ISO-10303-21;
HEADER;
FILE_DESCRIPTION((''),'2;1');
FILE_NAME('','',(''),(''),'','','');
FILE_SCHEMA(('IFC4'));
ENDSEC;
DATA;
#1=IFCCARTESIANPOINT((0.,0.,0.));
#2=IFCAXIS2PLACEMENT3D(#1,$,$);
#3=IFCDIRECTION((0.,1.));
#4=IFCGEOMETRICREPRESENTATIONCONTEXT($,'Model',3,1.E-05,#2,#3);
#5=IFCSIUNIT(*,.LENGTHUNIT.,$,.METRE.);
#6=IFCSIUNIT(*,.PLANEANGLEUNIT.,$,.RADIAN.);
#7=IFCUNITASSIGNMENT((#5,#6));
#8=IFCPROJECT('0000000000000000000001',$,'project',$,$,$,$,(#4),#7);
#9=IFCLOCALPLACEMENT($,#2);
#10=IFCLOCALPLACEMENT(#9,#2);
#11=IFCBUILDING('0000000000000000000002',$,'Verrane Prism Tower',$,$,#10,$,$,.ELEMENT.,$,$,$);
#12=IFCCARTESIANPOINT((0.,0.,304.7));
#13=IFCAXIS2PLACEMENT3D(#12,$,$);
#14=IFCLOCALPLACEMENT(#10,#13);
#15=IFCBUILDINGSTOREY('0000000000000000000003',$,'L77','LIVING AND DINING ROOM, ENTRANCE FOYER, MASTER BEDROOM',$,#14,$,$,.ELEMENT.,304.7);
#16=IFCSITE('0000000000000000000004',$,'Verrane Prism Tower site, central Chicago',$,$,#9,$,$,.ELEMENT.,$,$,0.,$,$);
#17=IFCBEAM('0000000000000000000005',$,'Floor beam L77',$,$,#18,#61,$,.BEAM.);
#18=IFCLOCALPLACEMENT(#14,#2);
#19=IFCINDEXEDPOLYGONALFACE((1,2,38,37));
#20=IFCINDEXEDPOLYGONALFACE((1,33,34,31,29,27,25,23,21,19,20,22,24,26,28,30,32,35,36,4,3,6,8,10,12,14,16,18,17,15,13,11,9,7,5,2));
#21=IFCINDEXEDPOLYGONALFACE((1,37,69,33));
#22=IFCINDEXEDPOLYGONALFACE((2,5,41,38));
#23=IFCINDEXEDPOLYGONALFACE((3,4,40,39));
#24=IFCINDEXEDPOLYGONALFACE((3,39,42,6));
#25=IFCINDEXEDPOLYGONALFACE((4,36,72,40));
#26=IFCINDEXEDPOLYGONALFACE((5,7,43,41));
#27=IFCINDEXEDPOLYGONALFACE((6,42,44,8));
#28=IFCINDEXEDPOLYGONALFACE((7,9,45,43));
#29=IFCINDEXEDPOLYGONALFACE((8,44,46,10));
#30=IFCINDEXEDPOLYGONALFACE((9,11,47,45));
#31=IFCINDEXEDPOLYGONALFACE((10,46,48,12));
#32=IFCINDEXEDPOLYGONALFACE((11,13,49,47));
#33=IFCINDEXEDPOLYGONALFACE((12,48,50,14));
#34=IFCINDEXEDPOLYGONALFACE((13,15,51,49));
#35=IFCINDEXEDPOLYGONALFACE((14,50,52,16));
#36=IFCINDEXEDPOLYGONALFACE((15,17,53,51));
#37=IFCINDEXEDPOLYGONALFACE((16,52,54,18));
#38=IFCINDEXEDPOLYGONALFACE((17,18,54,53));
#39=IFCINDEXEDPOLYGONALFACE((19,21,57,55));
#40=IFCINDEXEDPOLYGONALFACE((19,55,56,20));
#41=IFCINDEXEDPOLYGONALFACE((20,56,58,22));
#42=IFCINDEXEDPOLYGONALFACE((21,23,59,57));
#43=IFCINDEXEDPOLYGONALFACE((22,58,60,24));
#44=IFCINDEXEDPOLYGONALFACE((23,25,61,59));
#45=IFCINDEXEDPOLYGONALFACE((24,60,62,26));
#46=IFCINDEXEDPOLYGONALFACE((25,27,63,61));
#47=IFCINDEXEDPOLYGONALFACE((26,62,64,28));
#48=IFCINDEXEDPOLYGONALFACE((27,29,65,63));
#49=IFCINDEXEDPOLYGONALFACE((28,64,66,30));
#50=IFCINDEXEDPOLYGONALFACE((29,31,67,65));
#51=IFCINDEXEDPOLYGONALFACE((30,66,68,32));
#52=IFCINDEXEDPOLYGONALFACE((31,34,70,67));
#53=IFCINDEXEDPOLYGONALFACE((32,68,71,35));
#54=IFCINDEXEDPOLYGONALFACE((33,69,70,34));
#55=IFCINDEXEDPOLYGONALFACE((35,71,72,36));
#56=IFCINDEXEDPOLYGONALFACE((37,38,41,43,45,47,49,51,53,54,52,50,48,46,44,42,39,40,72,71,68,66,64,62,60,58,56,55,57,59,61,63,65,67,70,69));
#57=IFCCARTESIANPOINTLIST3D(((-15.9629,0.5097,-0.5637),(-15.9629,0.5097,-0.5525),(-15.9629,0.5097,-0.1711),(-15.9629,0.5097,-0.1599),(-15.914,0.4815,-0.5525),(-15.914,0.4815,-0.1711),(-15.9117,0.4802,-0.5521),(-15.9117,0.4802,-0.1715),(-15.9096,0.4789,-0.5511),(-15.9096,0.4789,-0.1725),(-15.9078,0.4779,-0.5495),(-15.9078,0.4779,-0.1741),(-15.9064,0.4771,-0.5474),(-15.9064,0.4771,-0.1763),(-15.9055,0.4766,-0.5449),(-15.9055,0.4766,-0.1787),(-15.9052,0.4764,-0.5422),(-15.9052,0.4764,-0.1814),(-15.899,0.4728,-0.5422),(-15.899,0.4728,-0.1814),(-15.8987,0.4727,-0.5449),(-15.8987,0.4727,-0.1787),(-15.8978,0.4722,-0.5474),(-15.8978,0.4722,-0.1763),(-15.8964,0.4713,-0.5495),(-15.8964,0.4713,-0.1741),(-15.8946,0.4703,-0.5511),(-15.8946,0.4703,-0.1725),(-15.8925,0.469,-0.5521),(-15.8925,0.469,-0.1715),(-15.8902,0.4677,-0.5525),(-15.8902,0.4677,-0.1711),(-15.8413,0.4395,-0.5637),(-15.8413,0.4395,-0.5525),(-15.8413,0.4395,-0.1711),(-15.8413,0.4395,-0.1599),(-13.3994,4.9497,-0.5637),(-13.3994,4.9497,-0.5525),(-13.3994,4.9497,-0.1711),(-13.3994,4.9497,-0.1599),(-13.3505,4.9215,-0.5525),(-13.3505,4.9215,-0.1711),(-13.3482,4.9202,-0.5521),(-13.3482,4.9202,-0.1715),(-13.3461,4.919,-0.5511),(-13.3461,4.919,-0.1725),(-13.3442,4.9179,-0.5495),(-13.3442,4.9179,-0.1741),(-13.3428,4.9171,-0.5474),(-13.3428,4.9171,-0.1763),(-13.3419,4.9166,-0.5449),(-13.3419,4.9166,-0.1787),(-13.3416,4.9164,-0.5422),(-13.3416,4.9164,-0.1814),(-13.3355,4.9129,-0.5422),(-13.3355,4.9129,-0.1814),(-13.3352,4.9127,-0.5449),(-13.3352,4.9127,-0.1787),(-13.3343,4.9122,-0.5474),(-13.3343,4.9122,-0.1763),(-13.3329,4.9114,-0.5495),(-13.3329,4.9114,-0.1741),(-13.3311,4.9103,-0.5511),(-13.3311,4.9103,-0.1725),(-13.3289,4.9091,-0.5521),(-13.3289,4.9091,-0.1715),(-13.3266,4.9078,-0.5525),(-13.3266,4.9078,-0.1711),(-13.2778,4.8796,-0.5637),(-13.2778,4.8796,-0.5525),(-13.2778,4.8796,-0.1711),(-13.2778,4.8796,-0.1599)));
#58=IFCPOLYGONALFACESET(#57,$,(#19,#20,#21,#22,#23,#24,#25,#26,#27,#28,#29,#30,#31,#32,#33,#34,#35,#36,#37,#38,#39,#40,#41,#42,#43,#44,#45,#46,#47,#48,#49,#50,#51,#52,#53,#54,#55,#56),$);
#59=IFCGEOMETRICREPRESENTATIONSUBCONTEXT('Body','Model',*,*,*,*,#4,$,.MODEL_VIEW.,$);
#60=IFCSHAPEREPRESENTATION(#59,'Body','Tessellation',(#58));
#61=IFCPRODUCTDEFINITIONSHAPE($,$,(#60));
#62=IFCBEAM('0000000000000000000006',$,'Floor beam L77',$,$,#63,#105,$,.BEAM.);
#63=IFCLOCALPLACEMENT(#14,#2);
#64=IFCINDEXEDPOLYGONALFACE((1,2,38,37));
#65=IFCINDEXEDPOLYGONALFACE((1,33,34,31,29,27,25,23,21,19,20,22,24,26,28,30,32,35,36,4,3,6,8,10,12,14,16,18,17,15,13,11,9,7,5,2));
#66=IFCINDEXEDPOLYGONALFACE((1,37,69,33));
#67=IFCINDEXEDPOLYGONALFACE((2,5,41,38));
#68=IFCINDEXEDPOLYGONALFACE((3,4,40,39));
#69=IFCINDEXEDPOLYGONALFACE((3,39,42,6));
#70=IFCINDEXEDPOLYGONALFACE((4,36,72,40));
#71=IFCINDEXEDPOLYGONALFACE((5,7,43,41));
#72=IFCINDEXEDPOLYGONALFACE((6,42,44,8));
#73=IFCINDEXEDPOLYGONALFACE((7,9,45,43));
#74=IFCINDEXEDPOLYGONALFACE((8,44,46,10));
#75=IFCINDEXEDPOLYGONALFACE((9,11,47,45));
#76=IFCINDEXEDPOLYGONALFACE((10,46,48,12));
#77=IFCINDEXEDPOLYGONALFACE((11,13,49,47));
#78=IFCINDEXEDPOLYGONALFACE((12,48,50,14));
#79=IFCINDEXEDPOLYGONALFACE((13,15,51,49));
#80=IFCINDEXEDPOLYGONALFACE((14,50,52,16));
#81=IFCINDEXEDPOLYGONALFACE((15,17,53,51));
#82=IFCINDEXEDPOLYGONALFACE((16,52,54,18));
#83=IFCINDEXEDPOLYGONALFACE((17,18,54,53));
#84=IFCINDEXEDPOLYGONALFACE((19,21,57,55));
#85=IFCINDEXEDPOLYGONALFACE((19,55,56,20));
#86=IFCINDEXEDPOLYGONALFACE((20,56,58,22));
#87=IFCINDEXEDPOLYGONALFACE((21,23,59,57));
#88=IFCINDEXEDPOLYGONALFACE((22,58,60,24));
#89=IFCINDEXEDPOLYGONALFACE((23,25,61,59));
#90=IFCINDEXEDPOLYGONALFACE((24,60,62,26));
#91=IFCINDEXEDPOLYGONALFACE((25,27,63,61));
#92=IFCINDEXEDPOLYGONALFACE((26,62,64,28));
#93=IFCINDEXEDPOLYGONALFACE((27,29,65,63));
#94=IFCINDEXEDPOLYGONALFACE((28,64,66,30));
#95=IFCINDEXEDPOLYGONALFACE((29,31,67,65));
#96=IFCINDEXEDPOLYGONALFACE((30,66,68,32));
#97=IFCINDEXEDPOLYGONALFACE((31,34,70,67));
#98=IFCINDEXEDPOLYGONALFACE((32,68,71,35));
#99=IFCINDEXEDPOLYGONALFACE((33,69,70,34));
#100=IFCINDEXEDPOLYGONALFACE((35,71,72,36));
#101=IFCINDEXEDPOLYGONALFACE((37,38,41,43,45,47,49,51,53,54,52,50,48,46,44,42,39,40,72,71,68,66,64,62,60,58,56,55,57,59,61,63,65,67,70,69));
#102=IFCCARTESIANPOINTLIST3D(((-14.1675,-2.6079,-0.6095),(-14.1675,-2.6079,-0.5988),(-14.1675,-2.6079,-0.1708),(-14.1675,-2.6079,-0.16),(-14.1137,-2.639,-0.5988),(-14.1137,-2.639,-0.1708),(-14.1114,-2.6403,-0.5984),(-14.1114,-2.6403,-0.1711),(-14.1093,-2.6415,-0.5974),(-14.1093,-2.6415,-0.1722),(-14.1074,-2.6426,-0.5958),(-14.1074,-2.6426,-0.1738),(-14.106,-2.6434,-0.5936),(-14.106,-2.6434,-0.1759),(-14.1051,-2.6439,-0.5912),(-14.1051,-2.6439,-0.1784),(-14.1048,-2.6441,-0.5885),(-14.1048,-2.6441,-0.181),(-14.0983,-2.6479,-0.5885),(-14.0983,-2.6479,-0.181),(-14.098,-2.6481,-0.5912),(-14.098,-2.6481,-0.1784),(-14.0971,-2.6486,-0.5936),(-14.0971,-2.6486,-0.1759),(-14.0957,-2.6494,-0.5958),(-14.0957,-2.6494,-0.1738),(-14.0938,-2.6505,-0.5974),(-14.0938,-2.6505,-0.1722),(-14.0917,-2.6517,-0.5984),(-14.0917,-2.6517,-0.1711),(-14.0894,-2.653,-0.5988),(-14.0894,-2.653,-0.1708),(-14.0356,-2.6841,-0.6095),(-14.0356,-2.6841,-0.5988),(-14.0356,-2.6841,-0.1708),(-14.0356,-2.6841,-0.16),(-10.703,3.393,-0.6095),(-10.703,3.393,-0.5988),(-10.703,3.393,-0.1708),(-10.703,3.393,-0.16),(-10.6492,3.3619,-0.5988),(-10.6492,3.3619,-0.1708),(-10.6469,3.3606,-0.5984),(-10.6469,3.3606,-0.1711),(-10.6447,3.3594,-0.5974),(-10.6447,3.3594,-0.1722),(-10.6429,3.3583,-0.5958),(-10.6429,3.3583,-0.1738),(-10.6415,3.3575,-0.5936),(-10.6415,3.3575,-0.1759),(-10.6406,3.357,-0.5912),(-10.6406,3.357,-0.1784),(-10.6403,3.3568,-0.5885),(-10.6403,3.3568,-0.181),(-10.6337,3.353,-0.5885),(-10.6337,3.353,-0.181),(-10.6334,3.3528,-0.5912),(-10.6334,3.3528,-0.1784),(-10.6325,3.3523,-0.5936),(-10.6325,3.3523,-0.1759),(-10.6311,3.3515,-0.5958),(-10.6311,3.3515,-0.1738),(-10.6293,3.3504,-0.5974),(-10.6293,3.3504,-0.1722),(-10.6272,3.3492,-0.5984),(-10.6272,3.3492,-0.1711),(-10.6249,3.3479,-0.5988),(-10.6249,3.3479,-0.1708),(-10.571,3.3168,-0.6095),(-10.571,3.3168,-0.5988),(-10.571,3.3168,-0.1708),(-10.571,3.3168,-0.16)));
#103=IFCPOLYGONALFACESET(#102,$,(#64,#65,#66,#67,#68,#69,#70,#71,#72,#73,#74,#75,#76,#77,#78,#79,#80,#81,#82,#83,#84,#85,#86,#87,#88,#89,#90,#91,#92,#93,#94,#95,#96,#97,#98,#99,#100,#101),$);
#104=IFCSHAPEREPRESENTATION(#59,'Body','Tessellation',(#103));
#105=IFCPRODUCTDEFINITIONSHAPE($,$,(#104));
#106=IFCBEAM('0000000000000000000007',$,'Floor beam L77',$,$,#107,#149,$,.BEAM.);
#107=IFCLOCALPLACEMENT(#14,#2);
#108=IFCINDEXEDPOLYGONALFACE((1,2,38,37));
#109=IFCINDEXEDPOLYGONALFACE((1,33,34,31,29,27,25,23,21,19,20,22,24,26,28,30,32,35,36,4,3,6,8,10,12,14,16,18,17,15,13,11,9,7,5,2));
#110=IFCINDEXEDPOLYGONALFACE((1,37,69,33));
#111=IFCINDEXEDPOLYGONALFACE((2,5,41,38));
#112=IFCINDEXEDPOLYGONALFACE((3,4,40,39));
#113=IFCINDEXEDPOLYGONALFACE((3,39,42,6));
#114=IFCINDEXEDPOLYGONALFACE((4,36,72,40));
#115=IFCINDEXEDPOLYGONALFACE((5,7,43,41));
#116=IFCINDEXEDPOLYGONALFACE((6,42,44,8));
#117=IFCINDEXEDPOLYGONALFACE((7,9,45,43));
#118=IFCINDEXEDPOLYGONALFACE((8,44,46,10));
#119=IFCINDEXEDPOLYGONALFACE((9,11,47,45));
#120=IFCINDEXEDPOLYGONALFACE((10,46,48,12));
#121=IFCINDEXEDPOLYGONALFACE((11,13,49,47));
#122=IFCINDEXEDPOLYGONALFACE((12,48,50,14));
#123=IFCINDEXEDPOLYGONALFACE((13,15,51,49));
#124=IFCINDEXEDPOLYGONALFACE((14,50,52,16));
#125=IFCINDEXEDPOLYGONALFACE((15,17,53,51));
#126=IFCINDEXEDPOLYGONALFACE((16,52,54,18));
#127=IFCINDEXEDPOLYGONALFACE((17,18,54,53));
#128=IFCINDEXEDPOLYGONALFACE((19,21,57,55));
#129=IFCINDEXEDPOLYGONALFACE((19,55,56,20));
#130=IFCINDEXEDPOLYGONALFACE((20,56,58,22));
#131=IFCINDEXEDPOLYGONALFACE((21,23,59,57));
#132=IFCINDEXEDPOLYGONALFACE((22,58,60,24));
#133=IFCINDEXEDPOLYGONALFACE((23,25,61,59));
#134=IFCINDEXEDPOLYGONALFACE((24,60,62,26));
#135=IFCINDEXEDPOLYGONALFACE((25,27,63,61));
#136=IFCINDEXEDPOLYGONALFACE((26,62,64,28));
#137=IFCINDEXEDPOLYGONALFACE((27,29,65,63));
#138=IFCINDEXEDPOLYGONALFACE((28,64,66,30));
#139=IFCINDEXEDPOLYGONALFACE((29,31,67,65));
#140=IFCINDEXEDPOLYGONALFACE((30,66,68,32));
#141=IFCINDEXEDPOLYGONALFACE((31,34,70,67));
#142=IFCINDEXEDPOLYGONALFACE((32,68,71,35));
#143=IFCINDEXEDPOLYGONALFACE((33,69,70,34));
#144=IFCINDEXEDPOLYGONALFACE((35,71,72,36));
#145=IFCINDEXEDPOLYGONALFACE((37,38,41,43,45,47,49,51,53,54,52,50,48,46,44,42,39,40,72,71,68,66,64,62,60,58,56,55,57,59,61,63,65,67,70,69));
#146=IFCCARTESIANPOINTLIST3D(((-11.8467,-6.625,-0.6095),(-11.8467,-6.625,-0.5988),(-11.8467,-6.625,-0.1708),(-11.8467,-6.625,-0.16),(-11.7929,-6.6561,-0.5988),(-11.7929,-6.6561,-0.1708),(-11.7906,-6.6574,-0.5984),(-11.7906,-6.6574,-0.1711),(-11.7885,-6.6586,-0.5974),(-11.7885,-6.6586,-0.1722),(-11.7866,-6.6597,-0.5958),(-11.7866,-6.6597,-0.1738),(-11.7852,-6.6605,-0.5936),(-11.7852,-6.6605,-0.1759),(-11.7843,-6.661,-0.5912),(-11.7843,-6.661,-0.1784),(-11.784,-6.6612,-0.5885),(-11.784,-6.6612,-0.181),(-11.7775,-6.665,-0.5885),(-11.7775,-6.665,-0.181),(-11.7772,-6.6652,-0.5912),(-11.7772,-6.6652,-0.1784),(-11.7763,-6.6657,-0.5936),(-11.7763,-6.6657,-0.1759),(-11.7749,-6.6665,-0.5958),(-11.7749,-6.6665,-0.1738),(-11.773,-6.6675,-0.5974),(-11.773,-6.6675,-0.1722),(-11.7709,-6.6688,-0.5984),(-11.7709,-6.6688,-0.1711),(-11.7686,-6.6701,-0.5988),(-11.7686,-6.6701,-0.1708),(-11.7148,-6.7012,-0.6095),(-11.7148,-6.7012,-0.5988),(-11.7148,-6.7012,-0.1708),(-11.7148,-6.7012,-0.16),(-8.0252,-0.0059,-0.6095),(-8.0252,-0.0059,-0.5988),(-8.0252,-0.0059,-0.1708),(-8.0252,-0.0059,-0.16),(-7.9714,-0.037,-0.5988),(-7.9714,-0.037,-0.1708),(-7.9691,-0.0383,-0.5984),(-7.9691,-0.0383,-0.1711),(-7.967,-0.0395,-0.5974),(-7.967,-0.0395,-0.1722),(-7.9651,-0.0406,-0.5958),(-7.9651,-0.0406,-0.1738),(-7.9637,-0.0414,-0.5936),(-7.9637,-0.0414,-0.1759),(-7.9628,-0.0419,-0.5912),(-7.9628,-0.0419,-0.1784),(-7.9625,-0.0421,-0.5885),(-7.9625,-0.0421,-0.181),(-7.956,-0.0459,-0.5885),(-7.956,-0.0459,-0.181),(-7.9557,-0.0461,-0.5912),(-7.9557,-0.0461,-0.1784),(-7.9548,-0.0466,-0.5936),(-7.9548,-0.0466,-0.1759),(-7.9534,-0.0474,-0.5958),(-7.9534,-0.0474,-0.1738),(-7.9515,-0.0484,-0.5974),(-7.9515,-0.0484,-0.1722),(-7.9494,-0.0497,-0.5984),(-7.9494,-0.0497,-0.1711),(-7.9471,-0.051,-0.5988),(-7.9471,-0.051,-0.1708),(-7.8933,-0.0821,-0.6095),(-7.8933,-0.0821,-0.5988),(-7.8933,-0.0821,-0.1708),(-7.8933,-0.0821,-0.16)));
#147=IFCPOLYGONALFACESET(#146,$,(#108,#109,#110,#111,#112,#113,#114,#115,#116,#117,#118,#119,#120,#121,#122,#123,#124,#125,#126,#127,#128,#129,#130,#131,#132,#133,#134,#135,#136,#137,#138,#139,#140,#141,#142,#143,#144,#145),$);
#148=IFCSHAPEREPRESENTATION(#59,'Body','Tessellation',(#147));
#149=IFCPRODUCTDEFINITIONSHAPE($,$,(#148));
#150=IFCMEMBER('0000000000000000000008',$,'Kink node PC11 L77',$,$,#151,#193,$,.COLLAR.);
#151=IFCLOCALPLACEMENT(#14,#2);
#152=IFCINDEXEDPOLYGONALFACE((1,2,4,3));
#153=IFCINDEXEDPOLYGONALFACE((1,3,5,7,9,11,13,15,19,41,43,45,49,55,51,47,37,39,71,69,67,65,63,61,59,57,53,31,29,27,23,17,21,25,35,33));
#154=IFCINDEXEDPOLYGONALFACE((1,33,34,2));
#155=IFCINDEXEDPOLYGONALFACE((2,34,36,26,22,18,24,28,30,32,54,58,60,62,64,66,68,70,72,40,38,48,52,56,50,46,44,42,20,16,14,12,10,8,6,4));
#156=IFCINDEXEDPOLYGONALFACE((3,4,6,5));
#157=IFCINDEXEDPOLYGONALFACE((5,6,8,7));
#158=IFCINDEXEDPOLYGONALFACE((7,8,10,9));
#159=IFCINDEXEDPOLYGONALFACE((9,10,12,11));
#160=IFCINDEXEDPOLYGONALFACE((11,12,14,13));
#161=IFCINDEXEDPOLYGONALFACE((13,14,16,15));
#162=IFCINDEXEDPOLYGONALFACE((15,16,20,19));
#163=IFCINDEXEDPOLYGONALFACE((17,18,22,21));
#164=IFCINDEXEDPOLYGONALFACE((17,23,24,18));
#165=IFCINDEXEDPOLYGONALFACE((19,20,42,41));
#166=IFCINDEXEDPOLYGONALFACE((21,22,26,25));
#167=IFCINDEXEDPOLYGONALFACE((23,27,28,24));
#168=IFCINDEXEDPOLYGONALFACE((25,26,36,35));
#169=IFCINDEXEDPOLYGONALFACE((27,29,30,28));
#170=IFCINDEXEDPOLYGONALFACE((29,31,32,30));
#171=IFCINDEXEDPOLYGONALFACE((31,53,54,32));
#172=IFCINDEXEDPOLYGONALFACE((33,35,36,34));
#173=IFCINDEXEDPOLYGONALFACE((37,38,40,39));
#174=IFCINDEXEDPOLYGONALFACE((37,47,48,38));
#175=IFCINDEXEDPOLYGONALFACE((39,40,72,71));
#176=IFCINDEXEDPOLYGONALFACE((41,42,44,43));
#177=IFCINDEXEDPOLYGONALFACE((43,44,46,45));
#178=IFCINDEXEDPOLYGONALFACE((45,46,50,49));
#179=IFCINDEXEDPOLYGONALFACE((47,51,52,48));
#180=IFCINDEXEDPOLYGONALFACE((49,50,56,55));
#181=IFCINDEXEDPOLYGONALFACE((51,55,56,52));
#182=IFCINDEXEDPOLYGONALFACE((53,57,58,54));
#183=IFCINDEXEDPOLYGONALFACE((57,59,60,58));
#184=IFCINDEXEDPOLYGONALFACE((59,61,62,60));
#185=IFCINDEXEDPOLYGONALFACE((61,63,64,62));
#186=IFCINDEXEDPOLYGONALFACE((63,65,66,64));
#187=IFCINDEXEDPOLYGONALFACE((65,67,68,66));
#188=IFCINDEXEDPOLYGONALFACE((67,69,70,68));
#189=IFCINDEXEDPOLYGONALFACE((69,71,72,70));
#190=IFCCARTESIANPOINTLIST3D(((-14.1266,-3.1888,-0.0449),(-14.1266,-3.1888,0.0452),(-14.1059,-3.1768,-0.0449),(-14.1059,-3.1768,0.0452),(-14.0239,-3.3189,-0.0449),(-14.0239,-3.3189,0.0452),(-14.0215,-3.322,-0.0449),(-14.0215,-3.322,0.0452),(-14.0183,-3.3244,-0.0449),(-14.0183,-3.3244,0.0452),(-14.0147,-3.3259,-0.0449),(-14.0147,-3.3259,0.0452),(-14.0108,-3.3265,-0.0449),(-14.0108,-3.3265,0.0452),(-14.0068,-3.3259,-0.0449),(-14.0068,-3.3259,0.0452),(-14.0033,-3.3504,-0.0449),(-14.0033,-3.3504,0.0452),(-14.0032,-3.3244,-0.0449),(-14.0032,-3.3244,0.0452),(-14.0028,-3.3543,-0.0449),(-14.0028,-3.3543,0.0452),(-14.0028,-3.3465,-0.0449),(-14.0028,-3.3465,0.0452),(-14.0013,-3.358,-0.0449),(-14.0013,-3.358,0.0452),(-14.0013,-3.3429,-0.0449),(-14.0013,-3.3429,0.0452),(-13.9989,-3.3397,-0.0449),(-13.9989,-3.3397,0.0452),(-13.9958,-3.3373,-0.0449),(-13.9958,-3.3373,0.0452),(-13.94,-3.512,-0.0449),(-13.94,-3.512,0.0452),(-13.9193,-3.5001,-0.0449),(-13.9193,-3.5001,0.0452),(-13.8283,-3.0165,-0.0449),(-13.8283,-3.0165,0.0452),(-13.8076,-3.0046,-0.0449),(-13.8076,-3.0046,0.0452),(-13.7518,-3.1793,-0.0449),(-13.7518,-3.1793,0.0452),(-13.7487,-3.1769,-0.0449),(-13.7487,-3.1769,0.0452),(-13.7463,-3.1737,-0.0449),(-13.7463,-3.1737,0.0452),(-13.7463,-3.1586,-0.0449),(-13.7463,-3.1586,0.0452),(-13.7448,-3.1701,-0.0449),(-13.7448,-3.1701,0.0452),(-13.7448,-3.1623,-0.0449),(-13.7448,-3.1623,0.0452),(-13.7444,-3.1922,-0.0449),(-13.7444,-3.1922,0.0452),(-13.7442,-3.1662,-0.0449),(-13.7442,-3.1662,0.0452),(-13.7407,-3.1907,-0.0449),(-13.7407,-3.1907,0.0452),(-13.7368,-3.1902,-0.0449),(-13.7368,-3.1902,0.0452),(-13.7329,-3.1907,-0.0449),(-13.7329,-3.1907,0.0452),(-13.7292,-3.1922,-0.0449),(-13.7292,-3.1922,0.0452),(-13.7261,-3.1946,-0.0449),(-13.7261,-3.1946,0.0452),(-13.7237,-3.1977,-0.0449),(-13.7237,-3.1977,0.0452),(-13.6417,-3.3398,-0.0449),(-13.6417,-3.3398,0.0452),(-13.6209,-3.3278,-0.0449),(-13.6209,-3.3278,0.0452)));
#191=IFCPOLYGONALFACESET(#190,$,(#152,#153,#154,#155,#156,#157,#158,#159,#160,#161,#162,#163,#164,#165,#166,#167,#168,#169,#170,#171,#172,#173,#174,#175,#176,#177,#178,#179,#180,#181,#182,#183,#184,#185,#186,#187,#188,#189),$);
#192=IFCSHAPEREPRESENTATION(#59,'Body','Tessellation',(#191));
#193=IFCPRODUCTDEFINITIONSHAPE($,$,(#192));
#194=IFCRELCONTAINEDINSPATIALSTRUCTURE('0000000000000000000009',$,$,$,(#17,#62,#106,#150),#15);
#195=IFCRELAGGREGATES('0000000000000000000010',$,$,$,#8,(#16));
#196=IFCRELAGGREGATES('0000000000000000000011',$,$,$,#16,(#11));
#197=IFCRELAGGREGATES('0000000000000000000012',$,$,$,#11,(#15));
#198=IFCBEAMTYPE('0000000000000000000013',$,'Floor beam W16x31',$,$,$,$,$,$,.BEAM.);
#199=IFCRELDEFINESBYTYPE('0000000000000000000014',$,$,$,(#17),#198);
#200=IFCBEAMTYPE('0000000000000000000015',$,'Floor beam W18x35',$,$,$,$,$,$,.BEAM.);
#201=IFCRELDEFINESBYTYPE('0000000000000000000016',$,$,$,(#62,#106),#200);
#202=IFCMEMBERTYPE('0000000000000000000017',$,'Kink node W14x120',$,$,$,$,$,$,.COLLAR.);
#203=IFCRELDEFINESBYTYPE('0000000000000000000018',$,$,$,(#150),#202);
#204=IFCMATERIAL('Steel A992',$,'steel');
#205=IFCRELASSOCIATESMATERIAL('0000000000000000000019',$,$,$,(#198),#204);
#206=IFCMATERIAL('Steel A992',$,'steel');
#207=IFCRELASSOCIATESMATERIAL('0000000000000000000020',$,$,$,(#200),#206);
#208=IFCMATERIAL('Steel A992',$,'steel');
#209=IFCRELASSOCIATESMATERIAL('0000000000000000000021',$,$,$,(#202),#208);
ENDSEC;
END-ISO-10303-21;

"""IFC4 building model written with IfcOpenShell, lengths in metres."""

from ifc_helpers import new_model, si_unit, direction, frame, origin, origin_2d, place, context, subcontext, project, spatial, i_section, extrude, material, material_profile, profile_set, type_object, element, save


model = new_model("IFC4")

# Units and contexts
model_context = context("Model", 3, precision=1e-05, world=origin(), true_north=direction((0.0, 1.0)))
body_context = subcontext(model_context, "Body", "Model", "MODEL_VIEW")
ifc_project = project(units=[si_unit("LENGTHUNIT", "METRE"), si_unit("PLANEANGLEUNIT", "RADIAN")], contexts=[model_context])

# Site, building, storey
site_placement = place(None, origin())
site = spatial("IfcSite", under=ifc_project, at=site_placement, Name="Verrane Prism Tower site, central Chicago", CompositionType="ELEMENT", RefElevation=0.0)
building_placement = place(site_placement, origin())
building = spatial("IfcBuilding", under=site, at=building_placement, Name="Verrane Prism Tower", CompositionType="ELEMENT")
storey_placement = place(building_placement, frame((0.0, 0.0, 304.7)))
storey = spatial("IfcBuildingStorey", under=building, at=storey_placement, Name="L77", Description="LIVING AND DINING ROOM, ENTRANCE FOYER, MASTER BEDROOM", CompositionType="ELEMENT", Elevation=304.7)

# Beams
ifc_material_1 = material(Name="Steel A992", Category="steel")
ifc_material_profile_1 = material_profile(ifc_material_1, i_section(OverallWidth=0.1404, OverallDepth=0.4038, WebThickness=0.0071, FlangeThickness=0.0112, FilletRadius=0.0103, at=origin_2d()), Name="W16x31")
ifc_profile_set_1 = profile_set([ifc_material_profile_1], Name="Steel A992")
beam_type_1 = type_object("IfcBeamType", Name="Floor beam W16x31", PredefinedType="BEAM", material=ifc_profile_set_1)
beam_1_placement = place(storey_placement, frame((-15.9021, 0.4746, -0.3618), z_axis=(0.500011, 0.866019, 0.0), x_axis=(-0.866019, 0.500011, 0.0)))
element("IfcBeam", 1, at=beam_1_placement, inside=storey, type_object=beam_type_1, Name="Floor beam L77", PredefinedType="BEAM", context=body_context, shape_type="SweptSolid", body=[
    extrude(i_section(OverallWidth=0.1404, OverallDepth=0.4038, WebThickness=0.0071, FlangeThickness=0.0112, FilletRadius=0.0103, at=origin_2d()), origin(), (0.0, 0.0, 1.0), 5.127),
])
ifc_material_2 = material(Name="Steel A992", Category="steel")
ifc_material_profile_2 = material_profile(ifc_material_2, i_section(OverallWidth=0.1523, OverallDepth=0.4495, WebThickness=0.0076, FlangeThickness=0.0107, FilletRadius=0.0103, at=origin_2d()), Name="W18x35")
ifc_profile_set_2 = profile_set([ifc_material_profile_2], Name="Steel A992")
beam_type_2 = type_object("IfcBeamType", Name="Floor beam W18x35", PredefinedType="BEAM", material=ifc_profile_set_2)
beam_2_placement = place(storey_placement, frame((-14.1016, -2.646, -0.3848), z_axis=(0.499993, 0.86603, 0.0), x_axis=(-0.86603, 0.499993, 0.0)))
element("IfcBeam", 2, at=beam_2_placement, inside=storey, type_object=beam_type_2, Name="Floor beam L77", PredefinedType="BEAM", context=body_context, shape_type="SweptSolid", body=[
    extrude(i_section(OverallWidth=0.1523, OverallDepth=0.4495, WebThickness=0.0076, FlangeThickness=0.0107, FilletRadius=0.0103, at=origin_2d()), origin(), (0.0, 0.0, 1.0), 6.9292),
])
beam_3_placement = place(storey_placement, frame((-11.7808, -6.6631, -0.3848), z_axis=(0.499997, 0.866027, 0.0), x_axis=(-0.866027, 0.499997, 0.0)))
element("IfcBeam", 3, at=beam_3_placement, inside=storey, type_object=beam_type_2, Name="Floor beam L77", PredefinedType="BEAM", context=body_context, shape_type="SweptSolid", body=[
    extrude(i_section(OverallWidth=0.1523, OverallDepth=0.4495, WebThickness=0.0076, FlangeThickness=0.0107, FilletRadius=0.0103, at=origin_2d()), origin(), (0.0, 0.0, 1.0), 7.6431),
])

# Member
ifc_material_3 = material(Name="Steel A992", Category="steel")
ifc_material_profile_3 = material_profile(ifc_material_3, i_section(OverallWidth=0.3733, OverallDepth=0.3684, WebThickness=0.0149, FlangeThickness=0.0239, FilletRadius=0.0151, at=origin_2d()), Name="W14x120")
ifc_profile_set_3 = profile_set([ifc_material_profile_3], Name="Steel A992")
member_type_1 = type_object("IfcMemberType", Name="Kink node W14x120", PredefinedType="COLLAR", material=ifc_profile_set_3)
member_1_placement = place(storey_placement, frame((-13.8738, -3.2583, -0.0449), z_axis=(0.0, 0.0, 1.0), x_axis=(-0.5, 0.866025, 0.0)))
element("IfcMember", 4, at=member_1_placement, inside=storey, type_object=member_type_1, Name="Kink node PC11 L77", PredefinedType="COLLAR", context=body_context, shape_type="SweptSolid", body=[
    extrude(i_section(OverallWidth=0.3733, OverallDepth=0.3684, WebThickness=0.0149, FlangeThickness=0.0239, FilletRadius=0.0151, at=origin_2d()), origin(), (0.0, 0.0, 1.0), 0.0901),
])

save(model, "model.ifc")
